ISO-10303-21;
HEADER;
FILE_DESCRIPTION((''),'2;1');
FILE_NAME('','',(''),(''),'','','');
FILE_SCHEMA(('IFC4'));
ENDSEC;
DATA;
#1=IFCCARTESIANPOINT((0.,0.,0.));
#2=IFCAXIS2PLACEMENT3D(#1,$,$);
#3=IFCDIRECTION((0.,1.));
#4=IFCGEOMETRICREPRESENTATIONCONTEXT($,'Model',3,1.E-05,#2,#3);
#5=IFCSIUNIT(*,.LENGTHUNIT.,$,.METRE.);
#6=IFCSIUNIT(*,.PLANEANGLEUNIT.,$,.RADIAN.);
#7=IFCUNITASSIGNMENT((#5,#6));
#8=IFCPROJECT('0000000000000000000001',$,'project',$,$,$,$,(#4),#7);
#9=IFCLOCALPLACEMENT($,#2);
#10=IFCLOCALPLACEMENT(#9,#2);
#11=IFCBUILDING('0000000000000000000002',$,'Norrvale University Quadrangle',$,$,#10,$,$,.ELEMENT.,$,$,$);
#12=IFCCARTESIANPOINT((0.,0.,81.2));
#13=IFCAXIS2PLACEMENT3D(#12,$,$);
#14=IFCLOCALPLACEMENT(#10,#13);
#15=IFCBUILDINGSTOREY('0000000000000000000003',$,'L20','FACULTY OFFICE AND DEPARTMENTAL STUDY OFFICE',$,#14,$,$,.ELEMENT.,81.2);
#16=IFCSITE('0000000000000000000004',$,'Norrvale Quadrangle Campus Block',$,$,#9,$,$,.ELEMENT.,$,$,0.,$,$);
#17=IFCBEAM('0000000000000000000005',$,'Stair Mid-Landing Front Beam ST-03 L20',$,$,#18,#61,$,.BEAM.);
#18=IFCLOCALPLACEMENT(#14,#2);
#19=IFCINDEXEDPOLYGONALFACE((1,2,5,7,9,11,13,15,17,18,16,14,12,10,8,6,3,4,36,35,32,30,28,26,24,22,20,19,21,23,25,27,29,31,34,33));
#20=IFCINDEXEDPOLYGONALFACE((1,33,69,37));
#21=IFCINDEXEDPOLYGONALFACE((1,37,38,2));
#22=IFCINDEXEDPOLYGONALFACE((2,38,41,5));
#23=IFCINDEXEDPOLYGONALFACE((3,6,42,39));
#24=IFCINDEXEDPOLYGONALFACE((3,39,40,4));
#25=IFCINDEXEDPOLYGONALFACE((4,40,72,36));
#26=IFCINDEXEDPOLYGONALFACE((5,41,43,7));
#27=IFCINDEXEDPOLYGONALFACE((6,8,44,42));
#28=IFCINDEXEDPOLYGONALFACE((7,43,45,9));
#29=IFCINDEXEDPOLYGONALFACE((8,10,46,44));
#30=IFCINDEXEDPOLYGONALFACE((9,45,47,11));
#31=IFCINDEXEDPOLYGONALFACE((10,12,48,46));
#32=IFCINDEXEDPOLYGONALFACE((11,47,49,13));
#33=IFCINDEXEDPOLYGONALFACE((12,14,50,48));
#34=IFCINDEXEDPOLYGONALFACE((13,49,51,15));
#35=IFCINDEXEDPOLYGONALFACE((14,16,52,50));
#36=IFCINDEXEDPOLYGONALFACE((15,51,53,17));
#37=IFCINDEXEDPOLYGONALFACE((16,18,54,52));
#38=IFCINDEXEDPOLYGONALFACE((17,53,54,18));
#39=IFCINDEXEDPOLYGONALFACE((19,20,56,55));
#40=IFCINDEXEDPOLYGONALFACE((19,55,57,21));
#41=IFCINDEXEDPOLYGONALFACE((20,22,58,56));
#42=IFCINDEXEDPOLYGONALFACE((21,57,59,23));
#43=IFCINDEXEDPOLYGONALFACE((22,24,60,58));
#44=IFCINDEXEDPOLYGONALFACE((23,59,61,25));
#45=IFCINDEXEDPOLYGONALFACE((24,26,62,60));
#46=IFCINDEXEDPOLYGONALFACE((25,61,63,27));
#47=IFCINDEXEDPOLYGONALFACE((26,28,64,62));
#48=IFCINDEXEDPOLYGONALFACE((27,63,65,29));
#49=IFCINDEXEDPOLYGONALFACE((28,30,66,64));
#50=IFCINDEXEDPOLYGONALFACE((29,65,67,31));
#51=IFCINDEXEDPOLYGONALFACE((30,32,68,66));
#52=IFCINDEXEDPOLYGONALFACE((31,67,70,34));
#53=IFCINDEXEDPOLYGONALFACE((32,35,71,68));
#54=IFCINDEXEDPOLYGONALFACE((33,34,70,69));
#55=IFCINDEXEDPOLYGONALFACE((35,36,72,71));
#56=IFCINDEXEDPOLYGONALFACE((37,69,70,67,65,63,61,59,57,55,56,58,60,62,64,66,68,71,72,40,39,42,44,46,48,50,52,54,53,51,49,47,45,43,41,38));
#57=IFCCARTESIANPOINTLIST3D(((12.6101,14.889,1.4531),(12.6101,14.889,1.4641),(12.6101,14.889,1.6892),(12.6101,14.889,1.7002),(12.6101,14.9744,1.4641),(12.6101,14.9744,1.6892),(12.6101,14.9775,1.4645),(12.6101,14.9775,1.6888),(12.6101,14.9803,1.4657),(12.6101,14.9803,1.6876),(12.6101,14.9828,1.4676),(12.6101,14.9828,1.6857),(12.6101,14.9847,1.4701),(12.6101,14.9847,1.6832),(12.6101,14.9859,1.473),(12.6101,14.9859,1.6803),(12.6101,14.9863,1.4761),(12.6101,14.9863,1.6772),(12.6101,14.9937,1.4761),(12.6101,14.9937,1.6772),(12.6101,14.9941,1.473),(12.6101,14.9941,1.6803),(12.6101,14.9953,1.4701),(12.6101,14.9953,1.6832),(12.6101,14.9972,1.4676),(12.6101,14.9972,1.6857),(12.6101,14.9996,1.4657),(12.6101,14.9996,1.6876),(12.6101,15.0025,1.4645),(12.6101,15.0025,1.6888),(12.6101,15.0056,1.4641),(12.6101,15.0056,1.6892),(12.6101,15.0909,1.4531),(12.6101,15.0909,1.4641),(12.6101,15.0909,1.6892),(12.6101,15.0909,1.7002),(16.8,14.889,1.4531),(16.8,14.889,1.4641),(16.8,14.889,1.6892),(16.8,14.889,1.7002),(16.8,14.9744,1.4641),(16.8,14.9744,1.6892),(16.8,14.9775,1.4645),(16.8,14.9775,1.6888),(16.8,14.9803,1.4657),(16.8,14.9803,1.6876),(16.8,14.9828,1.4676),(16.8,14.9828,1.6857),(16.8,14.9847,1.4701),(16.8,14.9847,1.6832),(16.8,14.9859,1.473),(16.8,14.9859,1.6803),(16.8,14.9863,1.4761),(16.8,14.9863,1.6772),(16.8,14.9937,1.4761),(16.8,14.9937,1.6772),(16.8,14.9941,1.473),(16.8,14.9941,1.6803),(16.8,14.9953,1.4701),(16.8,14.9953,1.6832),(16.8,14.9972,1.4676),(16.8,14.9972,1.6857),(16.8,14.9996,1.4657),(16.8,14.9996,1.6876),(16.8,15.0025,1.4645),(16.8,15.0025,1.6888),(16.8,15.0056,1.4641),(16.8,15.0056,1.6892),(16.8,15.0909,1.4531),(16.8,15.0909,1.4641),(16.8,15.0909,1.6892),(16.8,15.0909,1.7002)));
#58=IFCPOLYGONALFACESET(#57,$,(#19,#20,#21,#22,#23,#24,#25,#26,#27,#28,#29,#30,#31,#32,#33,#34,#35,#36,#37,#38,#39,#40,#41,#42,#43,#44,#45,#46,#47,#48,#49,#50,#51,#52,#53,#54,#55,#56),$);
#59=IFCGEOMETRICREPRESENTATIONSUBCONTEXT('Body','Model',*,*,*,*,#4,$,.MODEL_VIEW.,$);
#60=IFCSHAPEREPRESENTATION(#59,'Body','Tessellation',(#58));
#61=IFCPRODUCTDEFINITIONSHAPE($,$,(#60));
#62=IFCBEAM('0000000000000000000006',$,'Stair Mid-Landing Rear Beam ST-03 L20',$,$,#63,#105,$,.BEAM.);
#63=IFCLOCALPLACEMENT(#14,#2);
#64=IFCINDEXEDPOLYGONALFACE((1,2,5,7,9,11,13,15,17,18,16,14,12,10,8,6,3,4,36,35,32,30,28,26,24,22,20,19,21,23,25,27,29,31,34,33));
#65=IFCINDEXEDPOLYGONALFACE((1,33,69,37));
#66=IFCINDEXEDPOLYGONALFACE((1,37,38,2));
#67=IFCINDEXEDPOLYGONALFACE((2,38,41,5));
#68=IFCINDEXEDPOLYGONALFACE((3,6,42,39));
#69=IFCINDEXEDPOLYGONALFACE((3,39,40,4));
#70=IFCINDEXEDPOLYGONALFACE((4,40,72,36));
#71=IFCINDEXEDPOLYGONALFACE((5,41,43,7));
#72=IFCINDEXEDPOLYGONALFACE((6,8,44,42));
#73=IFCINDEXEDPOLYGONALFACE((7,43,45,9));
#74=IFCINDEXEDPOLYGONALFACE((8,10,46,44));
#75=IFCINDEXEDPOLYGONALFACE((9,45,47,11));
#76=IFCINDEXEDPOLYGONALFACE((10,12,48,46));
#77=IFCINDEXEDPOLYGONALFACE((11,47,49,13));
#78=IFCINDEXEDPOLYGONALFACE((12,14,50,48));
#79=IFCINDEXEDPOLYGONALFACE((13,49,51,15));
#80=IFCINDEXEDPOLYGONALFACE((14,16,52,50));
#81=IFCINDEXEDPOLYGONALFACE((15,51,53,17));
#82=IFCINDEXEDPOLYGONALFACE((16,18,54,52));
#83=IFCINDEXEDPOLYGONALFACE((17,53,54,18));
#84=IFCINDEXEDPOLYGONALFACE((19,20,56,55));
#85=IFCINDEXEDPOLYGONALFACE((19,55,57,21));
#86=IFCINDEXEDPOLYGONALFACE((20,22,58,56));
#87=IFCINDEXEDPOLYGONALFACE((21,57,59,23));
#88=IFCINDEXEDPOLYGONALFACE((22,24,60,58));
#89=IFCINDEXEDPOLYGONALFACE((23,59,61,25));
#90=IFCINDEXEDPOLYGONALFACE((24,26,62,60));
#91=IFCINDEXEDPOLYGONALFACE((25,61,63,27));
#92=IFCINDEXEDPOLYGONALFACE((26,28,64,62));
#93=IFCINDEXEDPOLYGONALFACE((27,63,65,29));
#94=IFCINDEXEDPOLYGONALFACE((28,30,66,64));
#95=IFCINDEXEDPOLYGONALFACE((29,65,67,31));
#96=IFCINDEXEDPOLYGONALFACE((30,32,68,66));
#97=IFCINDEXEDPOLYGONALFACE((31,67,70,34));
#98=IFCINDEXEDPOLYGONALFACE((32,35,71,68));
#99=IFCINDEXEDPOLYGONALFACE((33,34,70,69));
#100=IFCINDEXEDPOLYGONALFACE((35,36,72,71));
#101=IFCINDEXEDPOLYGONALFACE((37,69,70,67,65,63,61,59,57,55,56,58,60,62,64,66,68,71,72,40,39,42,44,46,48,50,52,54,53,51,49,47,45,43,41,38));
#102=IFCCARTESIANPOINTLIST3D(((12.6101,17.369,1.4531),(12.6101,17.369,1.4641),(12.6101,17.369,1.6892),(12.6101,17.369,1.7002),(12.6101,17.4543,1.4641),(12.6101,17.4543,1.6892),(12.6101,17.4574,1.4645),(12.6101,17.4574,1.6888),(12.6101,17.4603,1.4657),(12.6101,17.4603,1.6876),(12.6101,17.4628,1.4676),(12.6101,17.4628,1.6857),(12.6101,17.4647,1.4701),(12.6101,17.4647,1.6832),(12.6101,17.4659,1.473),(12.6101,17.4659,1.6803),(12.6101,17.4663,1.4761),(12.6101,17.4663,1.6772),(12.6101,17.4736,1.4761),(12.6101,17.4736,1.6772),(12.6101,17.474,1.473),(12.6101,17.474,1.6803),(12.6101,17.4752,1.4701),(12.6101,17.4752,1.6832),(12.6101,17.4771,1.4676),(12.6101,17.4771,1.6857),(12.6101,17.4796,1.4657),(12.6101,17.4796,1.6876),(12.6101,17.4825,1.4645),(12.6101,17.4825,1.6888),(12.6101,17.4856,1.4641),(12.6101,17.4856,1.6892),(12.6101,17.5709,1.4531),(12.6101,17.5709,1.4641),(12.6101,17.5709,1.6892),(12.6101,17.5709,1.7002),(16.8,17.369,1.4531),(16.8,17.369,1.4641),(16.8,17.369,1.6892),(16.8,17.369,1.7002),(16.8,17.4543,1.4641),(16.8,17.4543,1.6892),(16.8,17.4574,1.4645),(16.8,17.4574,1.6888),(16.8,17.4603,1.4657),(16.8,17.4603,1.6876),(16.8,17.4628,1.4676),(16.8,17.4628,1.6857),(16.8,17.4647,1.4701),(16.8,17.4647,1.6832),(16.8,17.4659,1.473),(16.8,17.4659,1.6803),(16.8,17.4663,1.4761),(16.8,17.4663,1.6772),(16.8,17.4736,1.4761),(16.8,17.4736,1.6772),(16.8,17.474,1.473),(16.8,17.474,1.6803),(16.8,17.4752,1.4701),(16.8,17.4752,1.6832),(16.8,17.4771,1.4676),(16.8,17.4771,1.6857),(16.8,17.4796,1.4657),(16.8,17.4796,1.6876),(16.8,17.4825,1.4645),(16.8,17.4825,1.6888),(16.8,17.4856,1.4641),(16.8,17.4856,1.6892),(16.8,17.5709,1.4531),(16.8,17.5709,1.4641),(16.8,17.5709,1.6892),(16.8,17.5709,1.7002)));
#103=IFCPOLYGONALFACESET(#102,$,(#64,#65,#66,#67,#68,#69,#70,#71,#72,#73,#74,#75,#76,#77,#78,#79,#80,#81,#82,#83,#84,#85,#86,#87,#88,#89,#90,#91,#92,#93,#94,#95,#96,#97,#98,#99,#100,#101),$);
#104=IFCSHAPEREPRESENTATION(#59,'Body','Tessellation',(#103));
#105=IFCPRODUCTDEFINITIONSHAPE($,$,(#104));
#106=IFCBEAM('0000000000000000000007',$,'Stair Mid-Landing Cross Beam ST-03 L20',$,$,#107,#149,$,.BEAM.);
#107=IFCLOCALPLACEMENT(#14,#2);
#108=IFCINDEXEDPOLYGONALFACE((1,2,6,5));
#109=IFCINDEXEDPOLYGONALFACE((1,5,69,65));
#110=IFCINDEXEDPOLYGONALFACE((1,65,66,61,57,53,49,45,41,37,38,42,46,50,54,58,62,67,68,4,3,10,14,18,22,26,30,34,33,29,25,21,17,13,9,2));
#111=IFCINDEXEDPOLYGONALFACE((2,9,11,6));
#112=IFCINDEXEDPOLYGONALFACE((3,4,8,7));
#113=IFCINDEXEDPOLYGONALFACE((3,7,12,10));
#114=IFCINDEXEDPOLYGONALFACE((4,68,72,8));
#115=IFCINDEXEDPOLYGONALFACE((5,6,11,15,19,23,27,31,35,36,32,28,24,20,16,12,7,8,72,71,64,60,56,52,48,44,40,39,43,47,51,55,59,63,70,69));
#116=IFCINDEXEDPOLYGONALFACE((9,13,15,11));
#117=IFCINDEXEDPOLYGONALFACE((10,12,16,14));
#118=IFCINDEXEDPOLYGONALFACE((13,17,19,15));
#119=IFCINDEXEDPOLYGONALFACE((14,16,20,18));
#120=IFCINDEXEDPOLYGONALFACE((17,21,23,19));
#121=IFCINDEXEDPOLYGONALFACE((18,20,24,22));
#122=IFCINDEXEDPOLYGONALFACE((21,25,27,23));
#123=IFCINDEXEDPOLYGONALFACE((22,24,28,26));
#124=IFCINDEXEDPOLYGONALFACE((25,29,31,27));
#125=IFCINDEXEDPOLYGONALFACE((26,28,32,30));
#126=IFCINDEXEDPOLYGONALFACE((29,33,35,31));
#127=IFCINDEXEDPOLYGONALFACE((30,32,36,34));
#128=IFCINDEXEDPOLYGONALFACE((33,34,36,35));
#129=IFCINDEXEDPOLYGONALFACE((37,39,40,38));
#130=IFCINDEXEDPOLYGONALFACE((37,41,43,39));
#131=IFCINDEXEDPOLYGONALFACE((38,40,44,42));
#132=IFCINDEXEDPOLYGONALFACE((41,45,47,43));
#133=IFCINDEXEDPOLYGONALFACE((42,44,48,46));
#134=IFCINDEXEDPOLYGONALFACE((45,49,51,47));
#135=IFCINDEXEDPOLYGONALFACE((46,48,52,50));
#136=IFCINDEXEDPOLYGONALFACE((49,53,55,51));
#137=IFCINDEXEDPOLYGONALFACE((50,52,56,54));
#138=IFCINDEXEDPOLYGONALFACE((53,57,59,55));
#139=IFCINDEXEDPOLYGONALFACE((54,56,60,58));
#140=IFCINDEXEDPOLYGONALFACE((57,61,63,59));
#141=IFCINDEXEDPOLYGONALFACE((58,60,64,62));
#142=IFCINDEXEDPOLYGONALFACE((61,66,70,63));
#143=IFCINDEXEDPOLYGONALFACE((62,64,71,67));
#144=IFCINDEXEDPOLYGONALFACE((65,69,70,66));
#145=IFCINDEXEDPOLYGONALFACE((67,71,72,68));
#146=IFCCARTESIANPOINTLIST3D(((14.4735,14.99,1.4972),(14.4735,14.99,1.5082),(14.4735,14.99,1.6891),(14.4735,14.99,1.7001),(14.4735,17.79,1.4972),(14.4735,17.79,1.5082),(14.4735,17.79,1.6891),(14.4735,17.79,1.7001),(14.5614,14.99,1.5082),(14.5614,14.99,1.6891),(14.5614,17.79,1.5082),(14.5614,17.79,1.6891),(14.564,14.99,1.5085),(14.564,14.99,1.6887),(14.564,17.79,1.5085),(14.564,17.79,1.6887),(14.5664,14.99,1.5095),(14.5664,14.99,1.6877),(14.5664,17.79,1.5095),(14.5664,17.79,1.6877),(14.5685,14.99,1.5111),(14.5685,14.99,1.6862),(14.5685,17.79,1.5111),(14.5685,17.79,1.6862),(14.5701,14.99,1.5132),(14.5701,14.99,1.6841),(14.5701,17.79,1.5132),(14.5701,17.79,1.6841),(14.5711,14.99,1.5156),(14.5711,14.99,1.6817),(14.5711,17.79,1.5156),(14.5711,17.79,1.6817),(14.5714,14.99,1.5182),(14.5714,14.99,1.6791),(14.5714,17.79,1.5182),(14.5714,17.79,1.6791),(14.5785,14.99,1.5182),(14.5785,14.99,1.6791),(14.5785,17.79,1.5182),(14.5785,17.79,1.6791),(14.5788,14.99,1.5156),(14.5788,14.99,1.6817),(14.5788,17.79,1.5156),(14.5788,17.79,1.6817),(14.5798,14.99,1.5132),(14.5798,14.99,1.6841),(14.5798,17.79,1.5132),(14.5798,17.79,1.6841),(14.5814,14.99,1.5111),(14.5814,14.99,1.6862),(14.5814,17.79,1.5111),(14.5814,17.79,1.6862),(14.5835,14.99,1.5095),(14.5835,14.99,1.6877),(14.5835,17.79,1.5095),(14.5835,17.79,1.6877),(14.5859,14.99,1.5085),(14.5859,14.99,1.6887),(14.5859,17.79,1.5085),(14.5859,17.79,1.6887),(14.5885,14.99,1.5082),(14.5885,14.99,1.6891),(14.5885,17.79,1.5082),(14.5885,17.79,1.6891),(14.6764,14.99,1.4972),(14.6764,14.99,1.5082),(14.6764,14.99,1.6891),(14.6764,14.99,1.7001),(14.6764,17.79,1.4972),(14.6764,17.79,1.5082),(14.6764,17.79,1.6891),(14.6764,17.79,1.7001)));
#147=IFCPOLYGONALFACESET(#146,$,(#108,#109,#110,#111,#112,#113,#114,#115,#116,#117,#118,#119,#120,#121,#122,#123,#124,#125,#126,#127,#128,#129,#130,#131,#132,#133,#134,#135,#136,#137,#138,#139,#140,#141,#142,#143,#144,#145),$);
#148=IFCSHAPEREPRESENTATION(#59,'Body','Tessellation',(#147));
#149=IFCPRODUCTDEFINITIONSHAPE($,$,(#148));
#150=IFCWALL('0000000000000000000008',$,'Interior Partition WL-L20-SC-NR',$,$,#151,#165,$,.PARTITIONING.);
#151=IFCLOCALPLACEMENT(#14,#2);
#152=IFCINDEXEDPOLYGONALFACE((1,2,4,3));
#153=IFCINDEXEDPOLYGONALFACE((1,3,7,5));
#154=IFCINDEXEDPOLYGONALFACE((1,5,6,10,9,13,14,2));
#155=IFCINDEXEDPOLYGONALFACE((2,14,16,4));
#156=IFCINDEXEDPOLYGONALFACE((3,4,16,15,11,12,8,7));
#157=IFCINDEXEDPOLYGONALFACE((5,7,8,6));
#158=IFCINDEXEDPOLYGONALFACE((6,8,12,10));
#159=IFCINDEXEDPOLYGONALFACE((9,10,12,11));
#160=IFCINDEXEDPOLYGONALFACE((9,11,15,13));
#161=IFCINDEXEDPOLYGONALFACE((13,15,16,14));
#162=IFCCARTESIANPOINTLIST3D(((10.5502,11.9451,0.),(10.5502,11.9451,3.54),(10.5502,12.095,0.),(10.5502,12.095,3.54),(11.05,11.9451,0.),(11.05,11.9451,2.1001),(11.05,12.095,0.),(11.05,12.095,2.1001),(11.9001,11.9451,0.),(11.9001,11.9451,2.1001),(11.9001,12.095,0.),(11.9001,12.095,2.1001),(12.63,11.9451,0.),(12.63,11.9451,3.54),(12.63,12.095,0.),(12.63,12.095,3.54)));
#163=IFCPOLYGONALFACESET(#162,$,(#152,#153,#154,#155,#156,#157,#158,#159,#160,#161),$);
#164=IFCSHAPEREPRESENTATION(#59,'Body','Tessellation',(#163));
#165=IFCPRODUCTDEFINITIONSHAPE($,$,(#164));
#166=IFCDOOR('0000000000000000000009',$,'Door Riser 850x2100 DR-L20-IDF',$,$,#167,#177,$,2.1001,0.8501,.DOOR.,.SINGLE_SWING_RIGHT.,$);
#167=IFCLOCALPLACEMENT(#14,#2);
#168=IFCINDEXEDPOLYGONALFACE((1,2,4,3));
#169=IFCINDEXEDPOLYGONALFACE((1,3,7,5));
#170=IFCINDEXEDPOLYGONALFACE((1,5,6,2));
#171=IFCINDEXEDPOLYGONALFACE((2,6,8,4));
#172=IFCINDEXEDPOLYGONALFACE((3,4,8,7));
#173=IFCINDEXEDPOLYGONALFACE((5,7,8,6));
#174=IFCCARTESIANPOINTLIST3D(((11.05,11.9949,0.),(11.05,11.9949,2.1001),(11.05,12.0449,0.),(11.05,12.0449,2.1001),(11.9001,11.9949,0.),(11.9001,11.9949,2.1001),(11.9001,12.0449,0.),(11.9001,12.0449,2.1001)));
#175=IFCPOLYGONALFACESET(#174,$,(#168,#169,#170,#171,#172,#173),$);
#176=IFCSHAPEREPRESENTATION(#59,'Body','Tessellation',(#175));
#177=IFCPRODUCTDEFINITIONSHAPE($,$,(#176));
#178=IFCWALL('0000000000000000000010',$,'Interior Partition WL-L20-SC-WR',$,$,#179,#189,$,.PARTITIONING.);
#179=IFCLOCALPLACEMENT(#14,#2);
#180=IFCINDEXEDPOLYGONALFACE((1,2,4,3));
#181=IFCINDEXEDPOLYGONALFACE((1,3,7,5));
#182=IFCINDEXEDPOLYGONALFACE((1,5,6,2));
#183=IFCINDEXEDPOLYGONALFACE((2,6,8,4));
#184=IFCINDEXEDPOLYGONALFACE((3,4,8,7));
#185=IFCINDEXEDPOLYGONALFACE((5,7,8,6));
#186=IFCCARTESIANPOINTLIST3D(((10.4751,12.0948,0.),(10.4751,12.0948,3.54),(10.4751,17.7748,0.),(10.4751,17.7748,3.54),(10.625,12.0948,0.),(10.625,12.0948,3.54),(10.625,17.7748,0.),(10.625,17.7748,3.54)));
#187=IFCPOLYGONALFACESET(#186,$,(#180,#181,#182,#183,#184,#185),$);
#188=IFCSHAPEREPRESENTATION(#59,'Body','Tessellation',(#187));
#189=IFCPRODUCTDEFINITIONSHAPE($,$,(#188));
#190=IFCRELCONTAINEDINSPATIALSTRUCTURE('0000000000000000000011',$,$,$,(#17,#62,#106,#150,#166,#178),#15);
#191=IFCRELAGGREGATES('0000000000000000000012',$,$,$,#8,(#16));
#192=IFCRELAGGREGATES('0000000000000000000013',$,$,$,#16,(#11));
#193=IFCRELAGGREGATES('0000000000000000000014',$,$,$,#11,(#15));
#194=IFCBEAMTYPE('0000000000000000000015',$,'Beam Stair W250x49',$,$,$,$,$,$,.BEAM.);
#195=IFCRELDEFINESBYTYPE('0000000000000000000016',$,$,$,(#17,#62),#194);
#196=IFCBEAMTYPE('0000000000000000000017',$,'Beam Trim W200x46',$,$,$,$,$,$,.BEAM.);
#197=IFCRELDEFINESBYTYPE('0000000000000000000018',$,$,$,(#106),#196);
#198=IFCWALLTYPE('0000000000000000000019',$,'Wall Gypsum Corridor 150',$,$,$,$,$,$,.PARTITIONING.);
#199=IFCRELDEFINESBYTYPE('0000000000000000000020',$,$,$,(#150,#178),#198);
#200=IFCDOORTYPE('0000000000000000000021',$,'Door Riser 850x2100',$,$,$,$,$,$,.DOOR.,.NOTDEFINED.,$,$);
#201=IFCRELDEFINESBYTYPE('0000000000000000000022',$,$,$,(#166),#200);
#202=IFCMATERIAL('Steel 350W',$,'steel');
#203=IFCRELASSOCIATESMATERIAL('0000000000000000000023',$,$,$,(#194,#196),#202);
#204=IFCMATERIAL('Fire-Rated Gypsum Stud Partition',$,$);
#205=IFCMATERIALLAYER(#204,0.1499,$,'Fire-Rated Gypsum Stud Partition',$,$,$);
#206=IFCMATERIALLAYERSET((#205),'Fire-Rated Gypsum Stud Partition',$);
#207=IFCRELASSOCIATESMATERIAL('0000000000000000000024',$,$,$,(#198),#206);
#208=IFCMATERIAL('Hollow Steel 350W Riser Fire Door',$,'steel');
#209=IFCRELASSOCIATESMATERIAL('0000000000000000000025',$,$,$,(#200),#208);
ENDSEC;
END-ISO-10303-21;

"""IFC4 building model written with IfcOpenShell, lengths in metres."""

from ifc_helpers import new_model, si_unit, direction, frame, frame_2d, origin, origin_2d, place, context, subcontext, project, spatial, rectangle, i_section, extrude, material, layer, layer_set, material_profile, profile_set, type_object, element, fill, save


model = new_model("IFC4")

# Units and contexts
model_context = context("Model", 3, precision=1e-05, world=origin(), true_north=direction((0.0, 1.0)))
body_context = subcontext(model_context, "Body", "Model", "MODEL_VIEW")
ifc_project = project(units=[si_unit("LENGTHUNIT", "METRE"), si_unit("PLANEANGLEUNIT", "RADIAN")], contexts=[model_context])

# Site, building, storey
site_placement = place(None, origin())
site = spatial("IfcSite", under=ifc_project, at=site_placement, Name="Norrvale Quadrangle Campus Block", CompositionType="ELEMENT", RefElevation=0.0)
building_placement = place(site_placement, origin())
building = spatial("IfcBuilding", under=site, at=building_placement, Name="Norrvale University Quadrangle", CompositionType="ELEMENT")
storey_placement = place(building_placement, frame((0.0, 0.0, 81.2)))
storey = spatial("IfcBuildingStorey", under=building, at=storey_placement, Name="L20", Description="FACULTY OFFICE AND DEPARTMENTAL STUDY OFFICE", CompositionType="ELEMENT", Elevation=81.2)

# Beams
ifc_material_1 = material(Name="Steel 350W", Category="steel")
ifc_material_profile_1 = material_profile(ifc_material_1, i_section(OverallWidth=0.2019, OverallDepth=0.2471, WebThickness=0.0073, FlangeThickness=0.011, FilletRadius=0.012, at=origin_2d()), Name="Steel 350W")
ifc_profile_set_1 = profile_set([ifc_material_profile_1], Name="Steel 350W")
beam_type_1 = type_object("IfcBeamType", Name="Beam Stair W250x49", PredefinedType="BEAM", material=ifc_profile_set_1)
for number, where, z_axis, x_axis, name in (
    (1, (12.6101, 14.99, 1.5767), (1.0, 0.0, 0.0), (0.0, 1.0, 0.0), "Stair Mid-Landing Front Beam ST-03 L20"),
    (2, (12.6101, 17.47, 1.5767), (1.0, 0.0, 0.0), (0.0, 1.0, 0.0), "Stair Mid-Landing Rear Beam ST-03 L20"),
):
    element("IfcBeam", number, at=place(storey_placement, frame(where, z_axis=z_axis, x_axis=x_axis)), inside=storey, type_object=beam_type_1, Name=name, PredefinedType="BEAM", context=body_context, shape_type="SweptSolid", body=[
        extrude(i_section(OverallWidth=0.2019, OverallDepth=0.2471, WebThickness=0.0073, FlangeThickness=0.011, FilletRadius=0.012, at=origin_2d()), origin(), (0.0, 0.0, 1.0), 4.1899),
    ])
ifc_material_profile_2 = material_profile(ifc_material_1, i_section(OverallWidth=0.2029, OverallDepth=0.2029, WebThickness=0.0071, FlangeThickness=0.011, FilletRadius=0.01, at=origin_2d()), Name="Steel 350W")
ifc_profile_set_2 = profile_set([ifc_material_profile_2], Name="Steel 350W")
beam_type_2 = type_object("IfcBeamType", Name="Beam Trim W200x46", PredefinedType="BEAM", material=ifc_profile_set_2)
beam_placement = place(storey_placement, frame((14.575, 14.99, 1.5986), z_axis=(0.0, 1.0, 0.0), x_axis=(-1.0, 0.0, 0.0)))
element("IfcBeam", 3, at=beam_placement, inside=storey, type_object=beam_type_2, Name="Stair Mid-Landing Cross Beam ST-03 L20", PredefinedType="BEAM", context=body_context, shape_type="SweptSolid", body=[
    extrude(i_section(OverallWidth=0.2029, OverallDepth=0.2029, WebThickness=0.0071, FlangeThickness=0.011, FilletRadius=0.01, at=origin_2d()), origin(), (0.0, 0.0, 1.0), 2.8),
])

# Wall, opening, door
ifc_material_2 = material(Name="Fire-Rated Gypsum Stud Partition")
ifc_layer_1 = layer(ifc_material_2, 0.1499, Name="Fire-Rated Gypsum Stud Partition")
ifc_layer_set_1 = layer_set([ifc_layer_1], Name="Fire-Rated Gypsum Stud Partition")
wall_type_1 = type_object("IfcWallType", Name="Wall Gypsum Corridor 150", PredefinedType="PARTITIONING", material=ifc_layer_set_1)
wall_1_placement = place(storey_placement, frame((10.55, 12.02, 0.0), z_axis=(0.0, 0.0, 1.0), x_axis=(1.0, 0.0, 0.0)))
wall_1 = element("IfcWall", 4, at=wall_1_placement, inside=storey, type_object=wall_type_1, Name="Interior Partition WL-L20-SC-NR", PredefinedType="PARTITIONING", context=body_context, shape_type="SweptSolid", body=[
    extrude(rectangle(XDim=2.0798, YDim=0.1499, at=frame_2d((1.04, 0.0))), origin(), (0.0, 0.0, 1.0), 3.54),
])
opening_1_placement = place(wall_1_placement, frame((0.5, 0.0, 0.0)))
opening_1 = element("IfcOpeningElement", 5, at=opening_1_placement, cuts=wall_1, PredefinedType="OPENING", context=body_context, shape_type="SweptSolid", body=[
    extrude(rectangle(XDim=0.8501, YDim=2.1001, at=frame_2d((0.425, 1.05))), frame((0.0, 0.0869, 0.0), z_axis=(0.0, -1.0, 0.0), x_axis=(1.0, 0.0, 0.0)), (0.0, 0.0, 1.0), 0.1738),
])
ifc_material_3 = material(Name="Hollow Steel 350W Riser Fire Door", Category="steel")
door_type_1 = type_object("IfcDoorType", Name="Door Riser 850x2100", OperationType="NOTDEFINED", PredefinedType="DOOR", material=ifc_material_3)
door_1_placement = place(opening_1_placement, origin())
door_1 = element("IfcDoor", 6, at=door_1_placement, inside=storey, type_object=door_type_1, Name="Door Riser 850x2100 DR-L20-IDF", OperationType="SINGLE_SWING_RIGHT", OverallHeight=2.1001, OverallWidth=0.8501, PredefinedType="DOOR", context=body_context, shape_type="SweptSolid", body=[
    extrude(rectangle(XDim=0.8501, YDim=2.1001, at=frame_2d((0.425, 1.05))), frame((0.0, 0.0249, 0.0), z_axis=(0.0, -1.0, 0.0), x_axis=(1.0, 0.0, 0.0)), (0.0, 0.0, 1.0), 0.05),
])
fill(opening_1, door_1)

# Wall
wall_2_placement = place(storey_placement, frame((10.55, 12.095, 0.0), z_axis=(0.0, 0.0, 1.0), x_axis=(0.0, 1.0, 0.0)))
element("IfcWall", 7, at=wall_2_placement, inside=storey, type_object=wall_type_1, Name="Interior Partition WL-L20-SC-WR", PredefinedType="PARTITIONING", context=body_context, shape_type="SweptSolid", body=[
    extrude(rectangle(XDim=5.6799, YDim=0.1499, at=frame_2d((2.8398, 0.0))), origin(), (0.0, 0.0, 1.0), 3.54),
])

save(model, "model.ifc")
